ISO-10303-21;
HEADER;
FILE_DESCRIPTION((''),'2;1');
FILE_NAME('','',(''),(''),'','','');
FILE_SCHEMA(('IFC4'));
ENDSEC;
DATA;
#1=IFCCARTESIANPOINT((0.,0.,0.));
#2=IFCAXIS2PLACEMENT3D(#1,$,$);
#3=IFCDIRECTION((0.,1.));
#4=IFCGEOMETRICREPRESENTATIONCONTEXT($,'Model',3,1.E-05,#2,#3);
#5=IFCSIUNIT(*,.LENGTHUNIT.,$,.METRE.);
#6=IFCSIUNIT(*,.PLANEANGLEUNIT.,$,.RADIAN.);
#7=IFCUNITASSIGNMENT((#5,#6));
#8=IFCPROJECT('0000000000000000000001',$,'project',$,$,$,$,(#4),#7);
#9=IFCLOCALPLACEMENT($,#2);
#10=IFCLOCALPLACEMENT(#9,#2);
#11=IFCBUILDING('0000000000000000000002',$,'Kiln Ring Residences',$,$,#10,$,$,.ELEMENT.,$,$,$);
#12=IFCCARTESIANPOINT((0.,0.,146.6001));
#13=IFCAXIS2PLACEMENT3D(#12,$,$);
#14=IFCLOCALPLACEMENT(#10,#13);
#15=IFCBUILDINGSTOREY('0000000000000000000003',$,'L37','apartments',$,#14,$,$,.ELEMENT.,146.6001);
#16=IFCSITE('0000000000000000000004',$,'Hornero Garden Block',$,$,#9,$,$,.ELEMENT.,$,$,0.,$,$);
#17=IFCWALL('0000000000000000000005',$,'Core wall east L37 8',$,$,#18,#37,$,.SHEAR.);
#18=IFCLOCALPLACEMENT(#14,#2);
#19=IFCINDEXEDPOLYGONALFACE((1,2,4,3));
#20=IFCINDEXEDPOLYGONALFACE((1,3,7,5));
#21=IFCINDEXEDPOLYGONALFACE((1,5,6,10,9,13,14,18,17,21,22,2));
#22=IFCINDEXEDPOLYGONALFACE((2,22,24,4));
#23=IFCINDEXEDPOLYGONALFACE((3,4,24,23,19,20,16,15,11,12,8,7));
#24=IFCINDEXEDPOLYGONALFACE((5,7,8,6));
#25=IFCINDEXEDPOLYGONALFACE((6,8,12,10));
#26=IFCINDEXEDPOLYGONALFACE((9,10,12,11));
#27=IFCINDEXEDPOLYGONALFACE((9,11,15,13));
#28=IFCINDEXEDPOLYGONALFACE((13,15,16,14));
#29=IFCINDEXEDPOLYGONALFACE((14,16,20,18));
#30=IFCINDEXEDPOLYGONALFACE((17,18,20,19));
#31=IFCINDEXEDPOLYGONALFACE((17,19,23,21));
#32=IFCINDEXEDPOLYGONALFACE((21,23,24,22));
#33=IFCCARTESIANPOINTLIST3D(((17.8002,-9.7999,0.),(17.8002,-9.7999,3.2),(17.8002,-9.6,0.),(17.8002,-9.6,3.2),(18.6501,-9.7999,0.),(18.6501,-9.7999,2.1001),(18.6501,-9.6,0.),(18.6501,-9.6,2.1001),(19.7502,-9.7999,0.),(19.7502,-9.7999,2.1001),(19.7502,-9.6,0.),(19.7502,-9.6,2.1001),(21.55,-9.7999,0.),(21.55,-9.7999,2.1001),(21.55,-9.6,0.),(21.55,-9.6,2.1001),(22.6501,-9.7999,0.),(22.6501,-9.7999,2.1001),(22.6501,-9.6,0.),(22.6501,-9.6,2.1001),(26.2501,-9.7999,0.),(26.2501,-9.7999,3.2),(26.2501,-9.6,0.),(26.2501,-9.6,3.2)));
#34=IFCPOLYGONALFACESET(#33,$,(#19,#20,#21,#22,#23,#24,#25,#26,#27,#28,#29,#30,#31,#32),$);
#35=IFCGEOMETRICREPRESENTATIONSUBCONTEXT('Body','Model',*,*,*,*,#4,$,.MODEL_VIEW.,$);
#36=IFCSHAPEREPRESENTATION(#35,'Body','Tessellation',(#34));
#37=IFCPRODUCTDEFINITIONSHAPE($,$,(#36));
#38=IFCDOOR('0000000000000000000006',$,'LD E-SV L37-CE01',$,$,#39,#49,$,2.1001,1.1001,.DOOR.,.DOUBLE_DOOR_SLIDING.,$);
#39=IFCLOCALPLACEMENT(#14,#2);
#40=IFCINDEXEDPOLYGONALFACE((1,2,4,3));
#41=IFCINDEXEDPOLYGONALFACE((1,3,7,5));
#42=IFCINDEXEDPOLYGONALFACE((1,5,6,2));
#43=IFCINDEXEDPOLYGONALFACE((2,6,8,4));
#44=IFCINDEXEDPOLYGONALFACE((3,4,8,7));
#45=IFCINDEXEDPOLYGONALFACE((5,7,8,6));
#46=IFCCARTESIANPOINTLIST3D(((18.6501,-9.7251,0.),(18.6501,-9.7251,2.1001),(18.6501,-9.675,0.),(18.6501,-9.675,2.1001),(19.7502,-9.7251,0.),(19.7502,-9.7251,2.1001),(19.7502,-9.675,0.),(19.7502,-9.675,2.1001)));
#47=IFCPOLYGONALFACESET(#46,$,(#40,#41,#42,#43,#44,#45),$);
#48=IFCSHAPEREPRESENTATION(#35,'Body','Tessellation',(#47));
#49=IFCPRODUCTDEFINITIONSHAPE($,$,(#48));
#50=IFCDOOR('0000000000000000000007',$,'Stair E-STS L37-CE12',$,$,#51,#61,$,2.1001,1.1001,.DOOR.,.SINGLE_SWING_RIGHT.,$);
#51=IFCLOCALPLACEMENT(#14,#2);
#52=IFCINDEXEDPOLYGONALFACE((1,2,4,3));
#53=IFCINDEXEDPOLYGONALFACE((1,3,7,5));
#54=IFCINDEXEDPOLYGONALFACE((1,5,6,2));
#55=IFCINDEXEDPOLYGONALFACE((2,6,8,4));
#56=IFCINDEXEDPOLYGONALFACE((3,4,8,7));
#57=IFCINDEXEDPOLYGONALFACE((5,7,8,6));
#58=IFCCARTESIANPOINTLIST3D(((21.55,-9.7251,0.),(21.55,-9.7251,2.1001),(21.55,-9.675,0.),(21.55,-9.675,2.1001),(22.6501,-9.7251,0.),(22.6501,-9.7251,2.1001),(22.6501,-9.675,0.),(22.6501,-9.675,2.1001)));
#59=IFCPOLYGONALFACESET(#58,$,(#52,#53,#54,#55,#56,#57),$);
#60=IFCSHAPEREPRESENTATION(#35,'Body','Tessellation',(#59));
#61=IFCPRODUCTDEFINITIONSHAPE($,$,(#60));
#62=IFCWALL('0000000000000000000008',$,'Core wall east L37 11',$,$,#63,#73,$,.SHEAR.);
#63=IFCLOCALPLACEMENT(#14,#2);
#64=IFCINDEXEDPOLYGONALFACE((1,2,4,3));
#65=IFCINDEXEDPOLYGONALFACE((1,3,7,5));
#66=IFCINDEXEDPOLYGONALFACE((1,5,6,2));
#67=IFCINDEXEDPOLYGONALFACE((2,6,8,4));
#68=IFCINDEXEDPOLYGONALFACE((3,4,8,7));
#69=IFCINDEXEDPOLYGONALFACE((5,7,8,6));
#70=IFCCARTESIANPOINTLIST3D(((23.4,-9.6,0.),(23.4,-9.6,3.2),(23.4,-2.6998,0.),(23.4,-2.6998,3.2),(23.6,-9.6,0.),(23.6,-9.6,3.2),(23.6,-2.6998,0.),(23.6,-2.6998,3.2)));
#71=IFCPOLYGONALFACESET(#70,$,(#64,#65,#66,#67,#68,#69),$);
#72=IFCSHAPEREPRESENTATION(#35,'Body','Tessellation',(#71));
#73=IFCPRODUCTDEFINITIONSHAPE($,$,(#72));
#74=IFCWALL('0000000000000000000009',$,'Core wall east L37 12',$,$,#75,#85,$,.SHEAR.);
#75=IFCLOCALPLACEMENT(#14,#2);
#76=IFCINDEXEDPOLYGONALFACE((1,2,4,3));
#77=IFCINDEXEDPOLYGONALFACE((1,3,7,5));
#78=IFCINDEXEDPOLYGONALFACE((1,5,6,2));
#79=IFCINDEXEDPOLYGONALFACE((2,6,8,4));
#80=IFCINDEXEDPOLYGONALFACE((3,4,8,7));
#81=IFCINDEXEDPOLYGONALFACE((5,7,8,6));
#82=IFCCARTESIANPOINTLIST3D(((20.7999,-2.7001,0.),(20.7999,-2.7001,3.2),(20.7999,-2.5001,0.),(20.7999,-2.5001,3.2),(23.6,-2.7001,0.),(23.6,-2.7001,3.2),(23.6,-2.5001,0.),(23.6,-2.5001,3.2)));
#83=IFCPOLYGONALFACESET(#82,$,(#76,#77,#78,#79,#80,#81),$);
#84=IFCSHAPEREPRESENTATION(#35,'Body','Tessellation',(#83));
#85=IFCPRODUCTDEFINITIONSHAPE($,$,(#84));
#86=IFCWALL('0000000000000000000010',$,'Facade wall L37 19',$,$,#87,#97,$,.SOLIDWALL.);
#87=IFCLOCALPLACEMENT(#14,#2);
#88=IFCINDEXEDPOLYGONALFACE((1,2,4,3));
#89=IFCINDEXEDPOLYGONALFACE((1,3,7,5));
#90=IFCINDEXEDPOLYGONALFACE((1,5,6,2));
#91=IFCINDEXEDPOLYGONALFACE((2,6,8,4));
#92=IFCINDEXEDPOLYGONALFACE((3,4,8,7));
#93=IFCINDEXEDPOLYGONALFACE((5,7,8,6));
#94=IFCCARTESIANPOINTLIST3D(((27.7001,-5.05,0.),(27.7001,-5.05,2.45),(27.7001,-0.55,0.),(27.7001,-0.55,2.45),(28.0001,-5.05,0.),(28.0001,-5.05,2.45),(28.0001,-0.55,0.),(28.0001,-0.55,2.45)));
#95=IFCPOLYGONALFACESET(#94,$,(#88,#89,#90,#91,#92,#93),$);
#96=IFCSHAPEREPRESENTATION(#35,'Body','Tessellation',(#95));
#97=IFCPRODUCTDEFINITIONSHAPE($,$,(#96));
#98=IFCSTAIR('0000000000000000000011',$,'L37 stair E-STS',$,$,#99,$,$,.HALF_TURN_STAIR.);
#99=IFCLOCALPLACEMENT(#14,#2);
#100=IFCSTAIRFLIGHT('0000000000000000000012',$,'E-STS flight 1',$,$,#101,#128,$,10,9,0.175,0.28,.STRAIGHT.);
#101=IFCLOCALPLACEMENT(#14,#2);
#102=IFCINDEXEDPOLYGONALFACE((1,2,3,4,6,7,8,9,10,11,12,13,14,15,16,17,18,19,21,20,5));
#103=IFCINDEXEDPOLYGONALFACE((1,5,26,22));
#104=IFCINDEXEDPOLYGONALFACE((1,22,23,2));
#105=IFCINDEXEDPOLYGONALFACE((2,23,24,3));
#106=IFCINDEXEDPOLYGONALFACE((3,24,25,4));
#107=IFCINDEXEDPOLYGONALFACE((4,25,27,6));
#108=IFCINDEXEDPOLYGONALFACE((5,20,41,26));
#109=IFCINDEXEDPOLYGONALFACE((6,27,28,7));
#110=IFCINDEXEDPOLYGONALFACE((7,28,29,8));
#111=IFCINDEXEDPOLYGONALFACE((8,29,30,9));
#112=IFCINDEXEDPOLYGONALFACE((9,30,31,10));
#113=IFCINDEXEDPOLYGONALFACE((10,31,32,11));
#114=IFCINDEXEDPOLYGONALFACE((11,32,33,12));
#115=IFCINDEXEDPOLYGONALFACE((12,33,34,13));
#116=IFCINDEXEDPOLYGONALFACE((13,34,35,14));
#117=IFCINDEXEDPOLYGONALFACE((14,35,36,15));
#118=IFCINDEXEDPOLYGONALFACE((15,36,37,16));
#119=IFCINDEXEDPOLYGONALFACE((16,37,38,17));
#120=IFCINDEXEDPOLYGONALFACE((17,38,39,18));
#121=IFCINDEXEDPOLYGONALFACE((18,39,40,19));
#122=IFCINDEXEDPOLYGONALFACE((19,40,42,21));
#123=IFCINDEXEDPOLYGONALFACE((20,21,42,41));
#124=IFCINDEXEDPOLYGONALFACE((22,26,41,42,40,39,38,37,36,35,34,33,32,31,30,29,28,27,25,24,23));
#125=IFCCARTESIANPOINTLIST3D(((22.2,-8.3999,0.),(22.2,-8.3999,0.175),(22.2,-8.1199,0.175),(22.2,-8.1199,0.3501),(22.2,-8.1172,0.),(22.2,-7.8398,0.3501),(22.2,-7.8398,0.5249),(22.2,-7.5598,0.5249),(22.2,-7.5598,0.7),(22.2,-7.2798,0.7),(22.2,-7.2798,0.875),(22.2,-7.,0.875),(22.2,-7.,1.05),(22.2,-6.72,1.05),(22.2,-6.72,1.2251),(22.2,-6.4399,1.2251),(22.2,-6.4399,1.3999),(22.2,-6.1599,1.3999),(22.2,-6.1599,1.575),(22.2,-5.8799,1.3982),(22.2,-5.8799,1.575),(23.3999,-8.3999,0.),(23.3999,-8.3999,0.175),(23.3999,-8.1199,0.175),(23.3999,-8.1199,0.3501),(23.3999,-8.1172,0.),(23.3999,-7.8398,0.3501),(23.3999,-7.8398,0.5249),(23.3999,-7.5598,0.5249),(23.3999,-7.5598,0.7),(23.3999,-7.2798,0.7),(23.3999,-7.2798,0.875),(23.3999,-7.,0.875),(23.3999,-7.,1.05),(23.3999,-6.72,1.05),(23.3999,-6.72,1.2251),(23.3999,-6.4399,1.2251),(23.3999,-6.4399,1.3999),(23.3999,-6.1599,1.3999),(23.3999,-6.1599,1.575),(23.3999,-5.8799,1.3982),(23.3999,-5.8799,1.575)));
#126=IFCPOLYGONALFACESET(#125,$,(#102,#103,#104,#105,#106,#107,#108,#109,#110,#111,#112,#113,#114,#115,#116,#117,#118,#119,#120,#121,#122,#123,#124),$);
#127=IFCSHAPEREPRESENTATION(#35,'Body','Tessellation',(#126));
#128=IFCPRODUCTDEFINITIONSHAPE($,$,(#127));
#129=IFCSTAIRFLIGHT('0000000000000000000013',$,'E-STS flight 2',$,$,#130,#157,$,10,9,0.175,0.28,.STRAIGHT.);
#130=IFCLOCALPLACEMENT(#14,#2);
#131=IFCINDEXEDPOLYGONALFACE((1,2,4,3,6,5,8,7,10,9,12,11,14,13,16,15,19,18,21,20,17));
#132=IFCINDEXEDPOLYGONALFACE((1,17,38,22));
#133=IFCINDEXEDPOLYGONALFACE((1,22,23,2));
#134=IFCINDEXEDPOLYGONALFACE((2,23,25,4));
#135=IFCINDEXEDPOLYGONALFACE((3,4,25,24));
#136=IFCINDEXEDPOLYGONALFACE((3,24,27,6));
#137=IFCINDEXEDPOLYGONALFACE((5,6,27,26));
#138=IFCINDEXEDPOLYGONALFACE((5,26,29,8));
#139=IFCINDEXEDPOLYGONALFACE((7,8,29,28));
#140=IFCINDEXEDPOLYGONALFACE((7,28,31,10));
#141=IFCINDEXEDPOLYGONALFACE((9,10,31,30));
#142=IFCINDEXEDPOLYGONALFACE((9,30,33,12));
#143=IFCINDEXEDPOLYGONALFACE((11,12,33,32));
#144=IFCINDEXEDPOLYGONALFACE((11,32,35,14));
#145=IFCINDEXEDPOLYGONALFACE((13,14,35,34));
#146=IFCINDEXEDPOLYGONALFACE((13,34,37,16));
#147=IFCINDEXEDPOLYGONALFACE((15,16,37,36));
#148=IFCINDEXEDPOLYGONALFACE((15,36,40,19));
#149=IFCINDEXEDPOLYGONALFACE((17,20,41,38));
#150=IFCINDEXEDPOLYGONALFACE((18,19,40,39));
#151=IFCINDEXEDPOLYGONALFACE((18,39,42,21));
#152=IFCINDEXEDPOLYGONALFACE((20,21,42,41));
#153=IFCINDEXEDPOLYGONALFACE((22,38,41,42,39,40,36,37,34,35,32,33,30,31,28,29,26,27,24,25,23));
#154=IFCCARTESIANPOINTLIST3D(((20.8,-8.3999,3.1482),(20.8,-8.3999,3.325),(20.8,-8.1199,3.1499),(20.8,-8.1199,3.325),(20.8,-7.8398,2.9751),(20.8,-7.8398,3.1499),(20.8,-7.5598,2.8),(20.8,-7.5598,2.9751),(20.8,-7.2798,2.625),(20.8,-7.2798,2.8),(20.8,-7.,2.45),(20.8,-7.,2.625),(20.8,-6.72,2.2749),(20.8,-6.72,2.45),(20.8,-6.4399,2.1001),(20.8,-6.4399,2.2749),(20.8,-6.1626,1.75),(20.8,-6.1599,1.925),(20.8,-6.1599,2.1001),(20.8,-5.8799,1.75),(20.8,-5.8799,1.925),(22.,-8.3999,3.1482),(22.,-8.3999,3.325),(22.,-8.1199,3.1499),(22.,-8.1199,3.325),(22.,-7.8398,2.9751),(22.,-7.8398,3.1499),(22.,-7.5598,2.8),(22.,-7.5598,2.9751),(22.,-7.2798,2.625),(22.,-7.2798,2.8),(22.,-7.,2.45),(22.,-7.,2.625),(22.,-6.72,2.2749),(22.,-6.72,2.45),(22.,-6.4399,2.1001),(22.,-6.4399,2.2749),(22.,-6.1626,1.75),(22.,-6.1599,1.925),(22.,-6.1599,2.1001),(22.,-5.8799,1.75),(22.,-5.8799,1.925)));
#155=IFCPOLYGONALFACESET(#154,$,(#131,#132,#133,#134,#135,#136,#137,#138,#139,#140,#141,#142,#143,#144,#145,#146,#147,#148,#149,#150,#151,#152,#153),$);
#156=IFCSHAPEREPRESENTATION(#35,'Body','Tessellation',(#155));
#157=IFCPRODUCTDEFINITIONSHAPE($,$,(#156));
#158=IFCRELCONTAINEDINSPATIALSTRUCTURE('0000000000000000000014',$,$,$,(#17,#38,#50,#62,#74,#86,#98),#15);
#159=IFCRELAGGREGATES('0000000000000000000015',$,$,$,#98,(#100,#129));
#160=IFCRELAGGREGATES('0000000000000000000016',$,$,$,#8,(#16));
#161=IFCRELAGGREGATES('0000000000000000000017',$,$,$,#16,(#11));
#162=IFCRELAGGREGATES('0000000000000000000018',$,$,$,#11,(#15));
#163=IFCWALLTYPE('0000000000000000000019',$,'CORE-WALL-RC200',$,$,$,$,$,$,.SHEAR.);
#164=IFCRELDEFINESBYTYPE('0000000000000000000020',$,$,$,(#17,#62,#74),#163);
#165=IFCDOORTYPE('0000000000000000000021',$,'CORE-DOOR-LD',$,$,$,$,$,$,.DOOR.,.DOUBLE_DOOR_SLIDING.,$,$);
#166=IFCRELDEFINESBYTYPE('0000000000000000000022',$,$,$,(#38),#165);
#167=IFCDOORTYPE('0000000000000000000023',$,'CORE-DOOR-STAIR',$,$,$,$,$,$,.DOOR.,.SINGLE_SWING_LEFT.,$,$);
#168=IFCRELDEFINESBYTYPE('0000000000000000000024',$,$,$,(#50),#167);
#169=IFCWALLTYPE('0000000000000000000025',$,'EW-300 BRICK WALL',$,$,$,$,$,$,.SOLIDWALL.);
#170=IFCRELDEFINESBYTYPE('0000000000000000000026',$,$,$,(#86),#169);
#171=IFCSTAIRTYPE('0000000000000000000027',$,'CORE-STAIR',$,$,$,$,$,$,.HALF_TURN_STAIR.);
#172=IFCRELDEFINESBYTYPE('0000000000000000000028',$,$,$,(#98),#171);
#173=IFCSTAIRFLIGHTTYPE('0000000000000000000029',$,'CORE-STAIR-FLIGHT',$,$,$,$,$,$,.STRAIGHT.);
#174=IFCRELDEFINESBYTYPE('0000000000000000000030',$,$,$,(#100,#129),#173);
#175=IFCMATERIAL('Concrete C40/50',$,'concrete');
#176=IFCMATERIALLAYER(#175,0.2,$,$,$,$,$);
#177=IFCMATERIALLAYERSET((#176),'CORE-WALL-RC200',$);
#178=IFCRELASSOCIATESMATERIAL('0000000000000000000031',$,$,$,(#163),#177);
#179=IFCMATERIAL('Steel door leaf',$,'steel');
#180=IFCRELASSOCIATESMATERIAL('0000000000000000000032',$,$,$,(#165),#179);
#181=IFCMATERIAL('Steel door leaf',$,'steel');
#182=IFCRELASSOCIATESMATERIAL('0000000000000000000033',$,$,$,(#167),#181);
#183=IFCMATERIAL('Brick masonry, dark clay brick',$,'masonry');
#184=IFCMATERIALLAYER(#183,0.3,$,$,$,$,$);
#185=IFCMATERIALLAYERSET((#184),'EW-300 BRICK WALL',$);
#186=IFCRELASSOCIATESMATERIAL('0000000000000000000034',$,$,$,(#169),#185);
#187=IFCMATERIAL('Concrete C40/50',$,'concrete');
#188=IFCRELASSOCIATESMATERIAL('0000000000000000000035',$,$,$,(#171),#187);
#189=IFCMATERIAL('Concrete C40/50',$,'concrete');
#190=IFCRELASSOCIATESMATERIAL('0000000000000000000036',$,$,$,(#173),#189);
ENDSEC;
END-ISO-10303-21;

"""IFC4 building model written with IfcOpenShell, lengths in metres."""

from ifc_helpers import new_model, si_unit, direction, frame, frame_2d, origin, place, context, subcontext, project, spatial, polyline, rectangle, outline, extrude, material, layer, layer_set, type_object, element, fill, aggregate, save


model = new_model("IFC4")

# Units and contexts
model_context = context("Model", 3, precision=1e-05, world=origin(), true_north=direction((0.0, 1.0)))
body_context = subcontext(model_context, "Body", "Model", "MODEL_VIEW")
ifc_project = project(units=[si_unit("LENGTHUNIT", "METRE"), si_unit("PLANEANGLEUNIT", "RADIAN")], contexts=[model_context])

# Site, building, storey
site_placement = place(None, origin())
site = spatial("IfcSite", under=ifc_project, at=site_placement, Name="Hornero Garden Block", CompositionType="ELEMENT", RefElevation=0.0)
building_placement = place(site_placement, origin())
building = spatial("IfcBuilding", under=site, at=building_placement, Name="Kiln Ring Residences", CompositionType="ELEMENT")
storey_placement = place(building_placement, frame((0.0, 0.0, 146.6001)))
storey = spatial("IfcBuildingStorey", under=building, at=storey_placement, Name="L37", Description="apartments", CompositionType="ELEMENT", Elevation=146.6001)

# Shared definitions
ifc_material_1 = material(Name="Concrete C40/50", Category="concrete")
ifc_layer_1 = layer(ifc_material_1, 0.2)
ifc_layer_set_1 = layer_set([ifc_layer_1], Name="CORE-WALL-RC200")
wall_type_1 = type_object("IfcWallType", Name="CORE-WALL-RC200", PredefinedType="SHEAR", material=ifc_layer_set_1)

# Wall, openings, doors
wall_1_placement = place(storey_placement, frame((17.8, -9.7, 0.0), z_axis=(0.0, 0.0, 1.0), x_axis=(1.0, 0.0, 0.0)))
wall_1 = element("IfcWall", 1, at=wall_1_placement, inside=storey, type_object=wall_type_1, Name="Core wall east L37 8", PredefinedType="SHEAR", context=body_context, shape_type="SweptSolid", body=[
    extrude(rectangle(XDim=8.45, YDim=0.2, at=frame_2d((4.2251, 0.0))), origin(), (0.0, 0.0, 1.0), 3.2),
])
opening_1_placement = place(wall_1_placement, frame((0.8501, 0.0, 0.0)))
opening_1 = element("IfcOpeningElement", 2, at=opening_1_placement, cuts=wall_1, PredefinedType="OPENING", context=body_context, shape_type="SweptSolid", body=[
    extrude(rectangle(XDim=1.1001, YDim=2.1001, at=frame_2d((0.55, 1.05))), frame((0.0, 0.1099, 0.0), z_axis=(0.0, -1.0, 0.0), x_axis=(1.0, 0.0, 0.0)), (0.0, 0.0, 1.0), 0.22),
])
opening_2_placement = place(wall_1_placement, frame((3.75, 0.0, 0.0)))
opening_2 = element("IfcOpeningElement", 3, at=opening_2_placement, cuts=wall_1, PredefinedType="OPENING", context=body_context, shape_type="SweptSolid", body=[
    extrude(rectangle(XDim=1.1001, YDim=2.1001, at=frame_2d((0.55, 1.05))), frame((0.0, 0.1099, 0.0), z_axis=(0.0, -1.0, 0.0), x_axis=(1.0, 0.0, 0.0)), (0.0, 0.0, 1.0), 0.22),
])
ifc_material_2 = material(Name="Steel door leaf", Category="steel")
door_type_1 = type_object("IfcDoorType", Name="CORE-DOOR-LD", OperationType="DOUBLE_DOOR_SLIDING", PredefinedType="DOOR", material=ifc_material_2)
door_1_placement = place(opening_1_placement, origin())
door_1 = element("IfcDoor", 4, at=door_1_placement, inside=storey, type_object=door_type_1, Name="LD E-SV L37-CE01", OperationType="DOUBLE_DOOR_SLIDING", OverallHeight=2.1001, OverallWidth=1.1001, PredefinedType="DOOR", context=body_context, shape_type="SweptSolid", body=[
    extrude(rectangle(XDim=1.1001, YDim=2.1001, at=frame_2d((0.55, 1.05))), frame((0.0, 0.0249, 0.0), z_axis=(0.0, -1.0, 0.0), x_axis=(1.0, 0.0, 0.0)), (0.0, 0.0, 1.0), 0.05),
])
fill(opening_1, door_1)
ifc_material_3 = material(Name="Steel door leaf", Category="steel")
door_type_2 = type_object("IfcDoorType", Name="CORE-DOOR-STAIR", OperationType="SINGLE_SWING_LEFT", PredefinedType="DOOR", material=ifc_material_3)
door_2_placement = place(opening_2_placement, origin())
door_2 = element("IfcDoor", 5, at=door_2_placement, inside=storey, type_object=door_type_2, Name="Stair E-STS L37-CE12", OperationType="SINGLE_SWING_RIGHT", OverallHeight=2.1001, OverallWidth=1.1001, PredefinedType="DOOR", context=body_context, shape_type="SweptSolid", body=[
    extrude(rectangle(XDim=1.1001, YDim=2.1001, at=frame_2d((0.55, 1.05))), frame((0.0, 0.0249, 0.0), z_axis=(0.0, -1.0, 0.0), x_axis=(1.0, 0.0, 0.0)), (0.0, 0.0, 1.0), 0.05),
])
fill(opening_2, door_2)

# Walls
wall_2_placement = place(storey_placement, frame((23.5, -9.6001, 0.0), z_axis=(0.0, 0.0, 1.0), x_axis=(0.0, 1.0, 0.0)))
element("IfcWall", 6, at=wall_2_placement, inside=storey, type_object=wall_type_1, Name="Core wall east L37 11", PredefinedType="SHEAR", context=body_context, shape_type="SweptSolid", body=[
    extrude(rectangle(XDim=6.9001, YDim=0.2, at=frame_2d((3.4502, 0.0))), origin(), (0.0, 0.0, 1.0), 3.2),
])
wall_3_placement = place(storey_placement, frame((20.8, -2.6001, 0.0), z_axis=(0.0, 0.0, 1.0), x_axis=(1.0, 0.0, 0.0)))
element("IfcWall", 7, at=wall_3_placement, inside=storey, type_object=wall_type_1, Name="Core wall east L37 12", PredefinedType="SHEAR", context=body_context, shape_type="SweptSolid", body=[
    extrude(rectangle(XDim=2.8, YDim=0.2, at=frame_2d((1.3999, 0.0))), origin(), (0.0, 0.0, 1.0), 3.2),
])
ifc_material_4 = material(Name="Brick masonry, dark clay brick", Category="masonry")
ifc_layer_2 = layer(ifc_material_4, 0.3)
ifc_layer_set_2 = layer_set([ifc_layer_2], Name="EW-300 BRICK WALL")
wall_type_2 = type_object("IfcWallType", Name="EW-300 BRICK WALL", PredefinedType="SOLIDWALL", material=ifc_layer_set_2)
wall_4_placement = place(storey_placement, frame((27.8501, -5.05, 0.0), z_axis=(0.0, 0.0, 1.0), x_axis=(0.0, 1.0, 0.0)))
element("IfcWall", 8, at=wall_4_placement, inside=storey, type_object=wall_type_2, Name="Facade wall L37 19", PredefinedType="SOLIDWALL", context=body_context, shape_type="SweptSolid", body=[
    extrude(rectangle(XDim=4.5, YDim=0.3, at=frame_2d((2.25, 0.0))), origin(), (0.0, 0.0, 1.0), 2.45),
])

# Stair, stair flights
ifc_material_5 = material(Name="Concrete C40/50", Category="concrete")
stair_type = type_object("IfcStairType", Name="CORE-STAIR", PredefinedType="HALF_TURN_STAIR", material=ifc_material_5)
stair_placement = place(storey_placement, origin())
stair = element("IfcStair", 9, at=stair_placement, inside=storey, type_object=stair_type, Name="L37 stair E-STS", PredefinedType="HALF_TURN_STAIR")
ifc_material_6 = material(Name="Concrete C40/50", Category="concrete")
stair_flight_type = type_object("IfcStairFlightType", Name="CORE-STAIR-FLIGHT", PredefinedType="STRAIGHT", material=ifc_material_6)
stair_flight_1_placement = place(storey_placement, frame((22.8, -8.3999, 0.0), z_axis=(0.0, 0.0, 1.0), x_axis=(0.0, 1.0, 0.0)))
stair_flight_1 = element("IfcStairFlight", 10, at=stair_flight_1_placement, type_object=stair_flight_type, Name="E-STS flight 1", NumberOfRisers=10, NumberOfTreads=9, PredefinedType="STRAIGHT", RiserHeight=0.175, TreadLength=0.28, context=body_context, shape_type="SweptSolid", body=[
    extrude(outline(polyline([(0.0, 0.0), (0.0, 0.175), (0.28, 0.175), (0.28, 0.3501), (0.5601, 0.3501), (0.5601, 0.5249), (0.8401, 0.5249), (0.8401, 0.7), (1.1201, 0.7), (1.1201, 0.875), (1.3999, 0.875), (1.3999, 1.05), (1.6799, 1.05), (1.6799, 1.2251), (1.96, 1.2251), (1.96, 1.3999), (2.24, 1.3999), (2.24, 1.575), (2.52, 1.575), (2.52, 1.75), (2.52, 1.3982), (0.2827, 0.0), (0.0, 0.0)])), frame((0.0, 0.6001, 0.0), z_axis=(0.0, -1.0, 0.0), x_axis=(1.0, 0.0, 0.0)), (0.0, 0.0, 1.0), 1.2),
])
stair_flight_2_placement = place(storey_placement, frame((21.3999, -5.8799, 1.75), z_axis=(0.0, 0.0, 1.0), x_axis=(0.0, -1.0, 0.0)))
stair_flight_2 = element("IfcStairFlight", 11, at=stair_flight_2_placement, type_object=stair_flight_type, Name="E-STS flight 2", NumberOfRisers=10, NumberOfTreads=9, PredefinedType="STRAIGHT", RiserHeight=0.175, TreadLength=0.28, context=body_context, shape_type="SweptSolid", body=[
    extrude(outline(polyline([(0.0, 0.0), (0.0, 0.175), (0.28, 0.175), (0.28, 0.3501), (0.5601, 0.3501), (0.5601, 0.5249), (0.8401, 0.5249), (0.8401, 0.7), (1.1201, 0.7), (1.1201, 0.875), (1.3999, 0.875), (1.3999, 1.05), (1.6799, 1.05), (1.6799, 1.2251), (1.96, 1.2251), (1.96, 1.3999), (2.24, 1.3999), (2.24, 1.575), (2.52, 1.575), (2.52, 1.75), (2.52, 1.3982), (0.2827, 0.0), (0.0, 0.0)])), frame((0.0, 0.6001, 0.0), z_axis=(0.0, -1.0, 0.0), x_axis=(1.0, 0.0, 0.0)), (0.0, 0.0, 1.0), 1.2),
])
aggregate(stair, [stair_flight_1, stair_flight_2])

save(model, "model.ifc")
